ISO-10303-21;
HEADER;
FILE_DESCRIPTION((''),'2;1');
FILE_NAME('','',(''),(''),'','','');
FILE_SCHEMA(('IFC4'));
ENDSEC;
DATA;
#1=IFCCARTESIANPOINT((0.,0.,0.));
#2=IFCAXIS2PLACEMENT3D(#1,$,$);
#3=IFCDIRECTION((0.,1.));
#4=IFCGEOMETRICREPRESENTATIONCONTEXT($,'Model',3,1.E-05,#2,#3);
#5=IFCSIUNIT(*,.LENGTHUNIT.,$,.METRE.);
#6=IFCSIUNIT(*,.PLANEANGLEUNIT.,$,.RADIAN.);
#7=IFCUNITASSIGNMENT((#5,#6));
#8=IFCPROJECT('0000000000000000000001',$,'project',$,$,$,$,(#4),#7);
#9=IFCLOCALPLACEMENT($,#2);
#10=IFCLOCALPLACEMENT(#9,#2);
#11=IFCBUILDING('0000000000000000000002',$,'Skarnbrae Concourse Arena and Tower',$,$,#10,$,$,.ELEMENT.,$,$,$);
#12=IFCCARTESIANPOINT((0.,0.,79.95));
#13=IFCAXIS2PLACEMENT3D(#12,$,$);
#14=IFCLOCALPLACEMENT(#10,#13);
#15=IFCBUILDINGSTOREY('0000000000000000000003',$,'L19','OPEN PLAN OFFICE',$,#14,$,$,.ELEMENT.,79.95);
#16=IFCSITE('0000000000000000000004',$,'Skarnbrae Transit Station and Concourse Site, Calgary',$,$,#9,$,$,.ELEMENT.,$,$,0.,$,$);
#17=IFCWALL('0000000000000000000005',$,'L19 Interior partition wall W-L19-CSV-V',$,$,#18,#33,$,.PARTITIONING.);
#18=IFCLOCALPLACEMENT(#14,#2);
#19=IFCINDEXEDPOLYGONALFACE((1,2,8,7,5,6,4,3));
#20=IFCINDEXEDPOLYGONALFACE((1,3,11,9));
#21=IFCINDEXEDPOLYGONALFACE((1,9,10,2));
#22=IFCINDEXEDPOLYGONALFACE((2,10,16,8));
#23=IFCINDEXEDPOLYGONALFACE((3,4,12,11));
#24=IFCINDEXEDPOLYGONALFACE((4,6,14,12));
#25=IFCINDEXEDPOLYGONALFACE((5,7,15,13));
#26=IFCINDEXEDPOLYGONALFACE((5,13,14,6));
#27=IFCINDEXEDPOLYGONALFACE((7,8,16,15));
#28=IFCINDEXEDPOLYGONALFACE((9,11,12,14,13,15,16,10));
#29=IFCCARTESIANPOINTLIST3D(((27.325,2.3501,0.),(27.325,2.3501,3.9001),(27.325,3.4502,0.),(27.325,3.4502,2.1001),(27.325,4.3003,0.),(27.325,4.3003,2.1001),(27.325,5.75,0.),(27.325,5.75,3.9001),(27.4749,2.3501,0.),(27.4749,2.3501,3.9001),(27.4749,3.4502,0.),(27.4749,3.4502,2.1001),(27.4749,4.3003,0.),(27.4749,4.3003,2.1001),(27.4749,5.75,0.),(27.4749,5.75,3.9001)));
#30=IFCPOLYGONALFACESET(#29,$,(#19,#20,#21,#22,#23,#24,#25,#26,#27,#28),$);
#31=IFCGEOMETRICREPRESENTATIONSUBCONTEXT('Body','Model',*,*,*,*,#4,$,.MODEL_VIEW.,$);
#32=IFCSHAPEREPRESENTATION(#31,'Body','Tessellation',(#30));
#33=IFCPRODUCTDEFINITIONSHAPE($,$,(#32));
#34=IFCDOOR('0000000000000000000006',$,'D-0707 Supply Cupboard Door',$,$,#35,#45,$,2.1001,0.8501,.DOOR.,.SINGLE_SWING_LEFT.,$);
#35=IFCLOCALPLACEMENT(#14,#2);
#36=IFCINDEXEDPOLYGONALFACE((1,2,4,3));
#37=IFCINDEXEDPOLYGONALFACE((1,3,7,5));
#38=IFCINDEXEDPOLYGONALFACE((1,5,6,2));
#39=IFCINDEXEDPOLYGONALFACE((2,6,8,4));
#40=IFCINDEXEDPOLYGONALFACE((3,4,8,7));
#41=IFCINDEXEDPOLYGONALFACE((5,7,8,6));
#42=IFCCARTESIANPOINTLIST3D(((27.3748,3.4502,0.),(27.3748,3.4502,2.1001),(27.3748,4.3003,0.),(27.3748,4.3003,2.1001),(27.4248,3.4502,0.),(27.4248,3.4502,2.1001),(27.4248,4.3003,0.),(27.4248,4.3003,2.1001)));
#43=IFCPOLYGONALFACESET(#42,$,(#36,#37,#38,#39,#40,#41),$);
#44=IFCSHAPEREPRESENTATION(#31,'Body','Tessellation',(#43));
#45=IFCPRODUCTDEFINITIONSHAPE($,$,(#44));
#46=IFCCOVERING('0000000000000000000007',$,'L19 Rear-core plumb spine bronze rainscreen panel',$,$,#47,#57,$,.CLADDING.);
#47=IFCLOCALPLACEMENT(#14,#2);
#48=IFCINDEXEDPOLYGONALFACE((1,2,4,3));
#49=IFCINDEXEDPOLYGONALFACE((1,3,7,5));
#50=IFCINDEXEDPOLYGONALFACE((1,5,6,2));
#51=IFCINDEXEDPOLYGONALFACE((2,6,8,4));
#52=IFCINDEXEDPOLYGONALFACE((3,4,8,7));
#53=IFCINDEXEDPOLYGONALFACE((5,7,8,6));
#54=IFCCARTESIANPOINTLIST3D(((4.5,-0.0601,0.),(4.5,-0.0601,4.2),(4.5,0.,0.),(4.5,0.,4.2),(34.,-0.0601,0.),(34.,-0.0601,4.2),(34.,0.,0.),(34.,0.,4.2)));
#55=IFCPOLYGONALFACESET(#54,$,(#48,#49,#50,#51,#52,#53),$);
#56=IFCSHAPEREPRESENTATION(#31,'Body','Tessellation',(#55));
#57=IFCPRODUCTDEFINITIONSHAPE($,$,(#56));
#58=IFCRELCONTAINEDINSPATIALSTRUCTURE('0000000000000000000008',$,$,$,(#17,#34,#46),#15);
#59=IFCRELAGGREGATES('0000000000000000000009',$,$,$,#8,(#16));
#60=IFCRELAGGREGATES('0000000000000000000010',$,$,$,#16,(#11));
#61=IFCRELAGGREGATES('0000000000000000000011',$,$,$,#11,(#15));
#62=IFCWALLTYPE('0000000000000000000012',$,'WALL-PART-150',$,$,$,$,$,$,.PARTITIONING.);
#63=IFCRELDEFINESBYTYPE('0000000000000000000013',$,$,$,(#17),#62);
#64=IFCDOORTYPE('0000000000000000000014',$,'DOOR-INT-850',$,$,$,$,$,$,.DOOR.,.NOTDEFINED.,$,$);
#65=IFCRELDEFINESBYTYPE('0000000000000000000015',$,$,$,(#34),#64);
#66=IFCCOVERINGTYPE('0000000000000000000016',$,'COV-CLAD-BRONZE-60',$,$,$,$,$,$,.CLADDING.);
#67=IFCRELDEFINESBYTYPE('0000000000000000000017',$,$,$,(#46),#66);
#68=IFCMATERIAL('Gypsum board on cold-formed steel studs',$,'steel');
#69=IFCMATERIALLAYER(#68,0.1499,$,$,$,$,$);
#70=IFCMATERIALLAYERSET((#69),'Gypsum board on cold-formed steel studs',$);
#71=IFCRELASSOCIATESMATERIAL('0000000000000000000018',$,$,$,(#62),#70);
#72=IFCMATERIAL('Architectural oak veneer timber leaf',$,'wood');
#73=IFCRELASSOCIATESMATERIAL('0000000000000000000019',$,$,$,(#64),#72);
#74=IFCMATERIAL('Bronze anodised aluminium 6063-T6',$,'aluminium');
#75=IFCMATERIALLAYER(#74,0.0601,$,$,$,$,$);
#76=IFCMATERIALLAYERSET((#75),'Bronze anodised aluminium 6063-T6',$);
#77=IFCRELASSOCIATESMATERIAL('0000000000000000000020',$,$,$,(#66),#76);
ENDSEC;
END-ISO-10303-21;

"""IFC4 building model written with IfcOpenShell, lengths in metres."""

from ifc_helpers import new_model, si_unit, direction, frame, frame_2d, origin, origin_2d, place, context, subcontext, project, spatial, rectangle, extrude, source, transform, mapped, material, layer, layer_set, type_object, element, fill, save


model = new_model("IFC4")

# Units and contexts
model_context = context("Model", 3, precision=1e-05, world=origin(), true_north=direction((0.0, 1.0)))
body_context = subcontext(model_context, "Body", "Model", "MODEL_VIEW")
ifc_project = project(units=[si_unit("LENGTHUNIT", "METRE"), si_unit("PLANEANGLEUNIT", "RADIAN")], contexts=[model_context])

# Site, building, storey
site_placement = place(None, origin())
site = spatial("IfcSite", under=ifc_project, at=site_placement, Name="Skarnbrae Transit Station and Concourse Site, Calgary", CompositionType="ELEMENT", RefElevation=0.0)
building_placement = place(site_placement, origin())
building = spatial("IfcBuilding", under=site, at=building_placement, Name="Skarnbrae Concourse Arena and Tower", CompositionType="ELEMENT")
storey_placement = place(building_placement, frame((0.0, 0.0, 79.95)))
storey = spatial("IfcBuildingStorey", under=building, at=storey_placement, Name="L19", Description="OPEN PLAN OFFICE", CompositionType="ELEMENT", Elevation=79.95)

# Shared definitions
ifc_material_1 = material(Name="Gypsum board on cold-formed steel studs", Category="steel")
ifc_layer_1 = layer(ifc_material_1, 0.1499)
ifc_layer_set_1 = layer_set([ifc_layer_1], Name="Gypsum board on cold-formed steel studs")
wall_type_1 = type_object("IfcWallType", Name="WALL-PART-150", PredefinedType="PARTITIONING", material=ifc_layer_set_1)

# Wall, opening, door
shared_shape_1 = source(origin(), body_context, "Body", "SweptSolid", [
    extrude(rectangle(XDim=3.3999, YDim=0.1499, at=frame_2d((1.7, 0.0))), origin(), (0.0, 0.0, 1.0), 3.9001),
])
wall_1_placement = place(storey_placement, frame((27.3999, 2.3501, 0.0), z_axis=(0.0, 0.0, 1.0), x_axis=(0.0, 1.0, 0.0)))
wall_1 = element("IfcWall", 1, at=wall_1_placement, inside=storey, type_object=wall_type_1, Name="L19 Interior partition wall W-L19-CSV-V", PredefinedType="PARTITIONING", context=body_context, shape_type="MappedRepresentation", body=[
    mapped(shared_shape_1, transform((0.0, 0.0, 0.0))),
])
opening_1_placement = place(wall_1_placement, frame((1.1001, 0.0, 0.0)))
opening_1 = element("IfcOpeningElement", 2, at=opening_1_placement, cuts=wall_1, PredefinedType="OPENING", context=body_context, shape_type="SweptSolid", body=[
    extrude(rectangle(XDim=0.8501, YDim=2.1001, at=frame_2d((0.425, 1.05))), frame((0.0, 0.085, 0.0), z_axis=(0.0, -1.0, 0.0), x_axis=(1.0, 0.0, 0.0)), (0.0, 0.0, 1.0), 0.1699),
])
ifc_material_2 = material(Name="Architectural oak veneer timber leaf", Category="wood")
door_type_1 = type_object("IfcDoorType", Name="DOOR-INT-850", OperationType="NOTDEFINED", PredefinedType="DOOR", material=ifc_material_2)
shared_shape_2 = source(origin(), body_context, "Body", "SweptSolid", [
    extrude(rectangle(XDim=0.8501, YDim=2.1001, at=frame_2d((0.425, 1.05))), frame((0.0, 0.0249, 0.0), z_axis=(0.0, -1.0, 0.0), x_axis=(1.0, 0.0, 0.0)), (0.0, 0.0, 1.0), 0.05),
])
door_1_placement = place(opening_1_placement, frame((0.8501, 0.0, 0.0), z_axis=(0.0, 0.0, 1.0), x_axis=(-1.0, 0.0, 0.0)))
door_1 = element("IfcDoor", 3, at=door_1_placement, inside=storey, type_object=door_type_1, Name="D-0707 Supply Cupboard Door", OperationType="SINGLE_SWING_LEFT", OverallHeight=2.1001, OverallWidth=0.8501, PredefinedType="DOOR", context=body_context, shape_type="MappedRepresentation", body=[
    mapped(shared_shape_2, transform((0.0, 0.0, 0.0))),
])
fill(opening_1, door_1)

# Covering
ifc_material_3 = material(Name="Bronze anodised aluminium 6063-T6", Category="aluminium")
ifc_layer_2 = layer(ifc_material_3, 0.0601)
ifc_layer_set_2 = layer_set([ifc_layer_2], Name="Bronze anodised aluminium 6063-T6")
covering_type = type_object("IfcCoveringType", Name="COV-CLAD-BRONZE-60", PredefinedType="CLADDING", material=ifc_layer_set_2)
shared_shape_3 = source(origin(), body_context, "Body", "SweptSolid", [
    extrude(rectangle(XDim=29.5, YDim=0.0601, at=origin_2d()), origin(), (0.0, 0.0, 1.0), 4.2),
])
covering_placement = place(storey_placement, frame((19.25, -0.03, 0.0), z_axis=(0.0, 0.0, 1.0), x_axis=(1.0, 0.0, 0.0)))
element("IfcCovering", 4, at=covering_placement, inside=storey, type_object=covering_type, Name="L19 Rear-core plumb spine bronze rainscreen panel", PredefinedType="CLADDING", context=body_context, shape_type="MappedRepresentation", body=[
    mapped(shared_shape_3, transform((0.0, 0.0, 0.0))),
])

save(model, "model.ifc")
